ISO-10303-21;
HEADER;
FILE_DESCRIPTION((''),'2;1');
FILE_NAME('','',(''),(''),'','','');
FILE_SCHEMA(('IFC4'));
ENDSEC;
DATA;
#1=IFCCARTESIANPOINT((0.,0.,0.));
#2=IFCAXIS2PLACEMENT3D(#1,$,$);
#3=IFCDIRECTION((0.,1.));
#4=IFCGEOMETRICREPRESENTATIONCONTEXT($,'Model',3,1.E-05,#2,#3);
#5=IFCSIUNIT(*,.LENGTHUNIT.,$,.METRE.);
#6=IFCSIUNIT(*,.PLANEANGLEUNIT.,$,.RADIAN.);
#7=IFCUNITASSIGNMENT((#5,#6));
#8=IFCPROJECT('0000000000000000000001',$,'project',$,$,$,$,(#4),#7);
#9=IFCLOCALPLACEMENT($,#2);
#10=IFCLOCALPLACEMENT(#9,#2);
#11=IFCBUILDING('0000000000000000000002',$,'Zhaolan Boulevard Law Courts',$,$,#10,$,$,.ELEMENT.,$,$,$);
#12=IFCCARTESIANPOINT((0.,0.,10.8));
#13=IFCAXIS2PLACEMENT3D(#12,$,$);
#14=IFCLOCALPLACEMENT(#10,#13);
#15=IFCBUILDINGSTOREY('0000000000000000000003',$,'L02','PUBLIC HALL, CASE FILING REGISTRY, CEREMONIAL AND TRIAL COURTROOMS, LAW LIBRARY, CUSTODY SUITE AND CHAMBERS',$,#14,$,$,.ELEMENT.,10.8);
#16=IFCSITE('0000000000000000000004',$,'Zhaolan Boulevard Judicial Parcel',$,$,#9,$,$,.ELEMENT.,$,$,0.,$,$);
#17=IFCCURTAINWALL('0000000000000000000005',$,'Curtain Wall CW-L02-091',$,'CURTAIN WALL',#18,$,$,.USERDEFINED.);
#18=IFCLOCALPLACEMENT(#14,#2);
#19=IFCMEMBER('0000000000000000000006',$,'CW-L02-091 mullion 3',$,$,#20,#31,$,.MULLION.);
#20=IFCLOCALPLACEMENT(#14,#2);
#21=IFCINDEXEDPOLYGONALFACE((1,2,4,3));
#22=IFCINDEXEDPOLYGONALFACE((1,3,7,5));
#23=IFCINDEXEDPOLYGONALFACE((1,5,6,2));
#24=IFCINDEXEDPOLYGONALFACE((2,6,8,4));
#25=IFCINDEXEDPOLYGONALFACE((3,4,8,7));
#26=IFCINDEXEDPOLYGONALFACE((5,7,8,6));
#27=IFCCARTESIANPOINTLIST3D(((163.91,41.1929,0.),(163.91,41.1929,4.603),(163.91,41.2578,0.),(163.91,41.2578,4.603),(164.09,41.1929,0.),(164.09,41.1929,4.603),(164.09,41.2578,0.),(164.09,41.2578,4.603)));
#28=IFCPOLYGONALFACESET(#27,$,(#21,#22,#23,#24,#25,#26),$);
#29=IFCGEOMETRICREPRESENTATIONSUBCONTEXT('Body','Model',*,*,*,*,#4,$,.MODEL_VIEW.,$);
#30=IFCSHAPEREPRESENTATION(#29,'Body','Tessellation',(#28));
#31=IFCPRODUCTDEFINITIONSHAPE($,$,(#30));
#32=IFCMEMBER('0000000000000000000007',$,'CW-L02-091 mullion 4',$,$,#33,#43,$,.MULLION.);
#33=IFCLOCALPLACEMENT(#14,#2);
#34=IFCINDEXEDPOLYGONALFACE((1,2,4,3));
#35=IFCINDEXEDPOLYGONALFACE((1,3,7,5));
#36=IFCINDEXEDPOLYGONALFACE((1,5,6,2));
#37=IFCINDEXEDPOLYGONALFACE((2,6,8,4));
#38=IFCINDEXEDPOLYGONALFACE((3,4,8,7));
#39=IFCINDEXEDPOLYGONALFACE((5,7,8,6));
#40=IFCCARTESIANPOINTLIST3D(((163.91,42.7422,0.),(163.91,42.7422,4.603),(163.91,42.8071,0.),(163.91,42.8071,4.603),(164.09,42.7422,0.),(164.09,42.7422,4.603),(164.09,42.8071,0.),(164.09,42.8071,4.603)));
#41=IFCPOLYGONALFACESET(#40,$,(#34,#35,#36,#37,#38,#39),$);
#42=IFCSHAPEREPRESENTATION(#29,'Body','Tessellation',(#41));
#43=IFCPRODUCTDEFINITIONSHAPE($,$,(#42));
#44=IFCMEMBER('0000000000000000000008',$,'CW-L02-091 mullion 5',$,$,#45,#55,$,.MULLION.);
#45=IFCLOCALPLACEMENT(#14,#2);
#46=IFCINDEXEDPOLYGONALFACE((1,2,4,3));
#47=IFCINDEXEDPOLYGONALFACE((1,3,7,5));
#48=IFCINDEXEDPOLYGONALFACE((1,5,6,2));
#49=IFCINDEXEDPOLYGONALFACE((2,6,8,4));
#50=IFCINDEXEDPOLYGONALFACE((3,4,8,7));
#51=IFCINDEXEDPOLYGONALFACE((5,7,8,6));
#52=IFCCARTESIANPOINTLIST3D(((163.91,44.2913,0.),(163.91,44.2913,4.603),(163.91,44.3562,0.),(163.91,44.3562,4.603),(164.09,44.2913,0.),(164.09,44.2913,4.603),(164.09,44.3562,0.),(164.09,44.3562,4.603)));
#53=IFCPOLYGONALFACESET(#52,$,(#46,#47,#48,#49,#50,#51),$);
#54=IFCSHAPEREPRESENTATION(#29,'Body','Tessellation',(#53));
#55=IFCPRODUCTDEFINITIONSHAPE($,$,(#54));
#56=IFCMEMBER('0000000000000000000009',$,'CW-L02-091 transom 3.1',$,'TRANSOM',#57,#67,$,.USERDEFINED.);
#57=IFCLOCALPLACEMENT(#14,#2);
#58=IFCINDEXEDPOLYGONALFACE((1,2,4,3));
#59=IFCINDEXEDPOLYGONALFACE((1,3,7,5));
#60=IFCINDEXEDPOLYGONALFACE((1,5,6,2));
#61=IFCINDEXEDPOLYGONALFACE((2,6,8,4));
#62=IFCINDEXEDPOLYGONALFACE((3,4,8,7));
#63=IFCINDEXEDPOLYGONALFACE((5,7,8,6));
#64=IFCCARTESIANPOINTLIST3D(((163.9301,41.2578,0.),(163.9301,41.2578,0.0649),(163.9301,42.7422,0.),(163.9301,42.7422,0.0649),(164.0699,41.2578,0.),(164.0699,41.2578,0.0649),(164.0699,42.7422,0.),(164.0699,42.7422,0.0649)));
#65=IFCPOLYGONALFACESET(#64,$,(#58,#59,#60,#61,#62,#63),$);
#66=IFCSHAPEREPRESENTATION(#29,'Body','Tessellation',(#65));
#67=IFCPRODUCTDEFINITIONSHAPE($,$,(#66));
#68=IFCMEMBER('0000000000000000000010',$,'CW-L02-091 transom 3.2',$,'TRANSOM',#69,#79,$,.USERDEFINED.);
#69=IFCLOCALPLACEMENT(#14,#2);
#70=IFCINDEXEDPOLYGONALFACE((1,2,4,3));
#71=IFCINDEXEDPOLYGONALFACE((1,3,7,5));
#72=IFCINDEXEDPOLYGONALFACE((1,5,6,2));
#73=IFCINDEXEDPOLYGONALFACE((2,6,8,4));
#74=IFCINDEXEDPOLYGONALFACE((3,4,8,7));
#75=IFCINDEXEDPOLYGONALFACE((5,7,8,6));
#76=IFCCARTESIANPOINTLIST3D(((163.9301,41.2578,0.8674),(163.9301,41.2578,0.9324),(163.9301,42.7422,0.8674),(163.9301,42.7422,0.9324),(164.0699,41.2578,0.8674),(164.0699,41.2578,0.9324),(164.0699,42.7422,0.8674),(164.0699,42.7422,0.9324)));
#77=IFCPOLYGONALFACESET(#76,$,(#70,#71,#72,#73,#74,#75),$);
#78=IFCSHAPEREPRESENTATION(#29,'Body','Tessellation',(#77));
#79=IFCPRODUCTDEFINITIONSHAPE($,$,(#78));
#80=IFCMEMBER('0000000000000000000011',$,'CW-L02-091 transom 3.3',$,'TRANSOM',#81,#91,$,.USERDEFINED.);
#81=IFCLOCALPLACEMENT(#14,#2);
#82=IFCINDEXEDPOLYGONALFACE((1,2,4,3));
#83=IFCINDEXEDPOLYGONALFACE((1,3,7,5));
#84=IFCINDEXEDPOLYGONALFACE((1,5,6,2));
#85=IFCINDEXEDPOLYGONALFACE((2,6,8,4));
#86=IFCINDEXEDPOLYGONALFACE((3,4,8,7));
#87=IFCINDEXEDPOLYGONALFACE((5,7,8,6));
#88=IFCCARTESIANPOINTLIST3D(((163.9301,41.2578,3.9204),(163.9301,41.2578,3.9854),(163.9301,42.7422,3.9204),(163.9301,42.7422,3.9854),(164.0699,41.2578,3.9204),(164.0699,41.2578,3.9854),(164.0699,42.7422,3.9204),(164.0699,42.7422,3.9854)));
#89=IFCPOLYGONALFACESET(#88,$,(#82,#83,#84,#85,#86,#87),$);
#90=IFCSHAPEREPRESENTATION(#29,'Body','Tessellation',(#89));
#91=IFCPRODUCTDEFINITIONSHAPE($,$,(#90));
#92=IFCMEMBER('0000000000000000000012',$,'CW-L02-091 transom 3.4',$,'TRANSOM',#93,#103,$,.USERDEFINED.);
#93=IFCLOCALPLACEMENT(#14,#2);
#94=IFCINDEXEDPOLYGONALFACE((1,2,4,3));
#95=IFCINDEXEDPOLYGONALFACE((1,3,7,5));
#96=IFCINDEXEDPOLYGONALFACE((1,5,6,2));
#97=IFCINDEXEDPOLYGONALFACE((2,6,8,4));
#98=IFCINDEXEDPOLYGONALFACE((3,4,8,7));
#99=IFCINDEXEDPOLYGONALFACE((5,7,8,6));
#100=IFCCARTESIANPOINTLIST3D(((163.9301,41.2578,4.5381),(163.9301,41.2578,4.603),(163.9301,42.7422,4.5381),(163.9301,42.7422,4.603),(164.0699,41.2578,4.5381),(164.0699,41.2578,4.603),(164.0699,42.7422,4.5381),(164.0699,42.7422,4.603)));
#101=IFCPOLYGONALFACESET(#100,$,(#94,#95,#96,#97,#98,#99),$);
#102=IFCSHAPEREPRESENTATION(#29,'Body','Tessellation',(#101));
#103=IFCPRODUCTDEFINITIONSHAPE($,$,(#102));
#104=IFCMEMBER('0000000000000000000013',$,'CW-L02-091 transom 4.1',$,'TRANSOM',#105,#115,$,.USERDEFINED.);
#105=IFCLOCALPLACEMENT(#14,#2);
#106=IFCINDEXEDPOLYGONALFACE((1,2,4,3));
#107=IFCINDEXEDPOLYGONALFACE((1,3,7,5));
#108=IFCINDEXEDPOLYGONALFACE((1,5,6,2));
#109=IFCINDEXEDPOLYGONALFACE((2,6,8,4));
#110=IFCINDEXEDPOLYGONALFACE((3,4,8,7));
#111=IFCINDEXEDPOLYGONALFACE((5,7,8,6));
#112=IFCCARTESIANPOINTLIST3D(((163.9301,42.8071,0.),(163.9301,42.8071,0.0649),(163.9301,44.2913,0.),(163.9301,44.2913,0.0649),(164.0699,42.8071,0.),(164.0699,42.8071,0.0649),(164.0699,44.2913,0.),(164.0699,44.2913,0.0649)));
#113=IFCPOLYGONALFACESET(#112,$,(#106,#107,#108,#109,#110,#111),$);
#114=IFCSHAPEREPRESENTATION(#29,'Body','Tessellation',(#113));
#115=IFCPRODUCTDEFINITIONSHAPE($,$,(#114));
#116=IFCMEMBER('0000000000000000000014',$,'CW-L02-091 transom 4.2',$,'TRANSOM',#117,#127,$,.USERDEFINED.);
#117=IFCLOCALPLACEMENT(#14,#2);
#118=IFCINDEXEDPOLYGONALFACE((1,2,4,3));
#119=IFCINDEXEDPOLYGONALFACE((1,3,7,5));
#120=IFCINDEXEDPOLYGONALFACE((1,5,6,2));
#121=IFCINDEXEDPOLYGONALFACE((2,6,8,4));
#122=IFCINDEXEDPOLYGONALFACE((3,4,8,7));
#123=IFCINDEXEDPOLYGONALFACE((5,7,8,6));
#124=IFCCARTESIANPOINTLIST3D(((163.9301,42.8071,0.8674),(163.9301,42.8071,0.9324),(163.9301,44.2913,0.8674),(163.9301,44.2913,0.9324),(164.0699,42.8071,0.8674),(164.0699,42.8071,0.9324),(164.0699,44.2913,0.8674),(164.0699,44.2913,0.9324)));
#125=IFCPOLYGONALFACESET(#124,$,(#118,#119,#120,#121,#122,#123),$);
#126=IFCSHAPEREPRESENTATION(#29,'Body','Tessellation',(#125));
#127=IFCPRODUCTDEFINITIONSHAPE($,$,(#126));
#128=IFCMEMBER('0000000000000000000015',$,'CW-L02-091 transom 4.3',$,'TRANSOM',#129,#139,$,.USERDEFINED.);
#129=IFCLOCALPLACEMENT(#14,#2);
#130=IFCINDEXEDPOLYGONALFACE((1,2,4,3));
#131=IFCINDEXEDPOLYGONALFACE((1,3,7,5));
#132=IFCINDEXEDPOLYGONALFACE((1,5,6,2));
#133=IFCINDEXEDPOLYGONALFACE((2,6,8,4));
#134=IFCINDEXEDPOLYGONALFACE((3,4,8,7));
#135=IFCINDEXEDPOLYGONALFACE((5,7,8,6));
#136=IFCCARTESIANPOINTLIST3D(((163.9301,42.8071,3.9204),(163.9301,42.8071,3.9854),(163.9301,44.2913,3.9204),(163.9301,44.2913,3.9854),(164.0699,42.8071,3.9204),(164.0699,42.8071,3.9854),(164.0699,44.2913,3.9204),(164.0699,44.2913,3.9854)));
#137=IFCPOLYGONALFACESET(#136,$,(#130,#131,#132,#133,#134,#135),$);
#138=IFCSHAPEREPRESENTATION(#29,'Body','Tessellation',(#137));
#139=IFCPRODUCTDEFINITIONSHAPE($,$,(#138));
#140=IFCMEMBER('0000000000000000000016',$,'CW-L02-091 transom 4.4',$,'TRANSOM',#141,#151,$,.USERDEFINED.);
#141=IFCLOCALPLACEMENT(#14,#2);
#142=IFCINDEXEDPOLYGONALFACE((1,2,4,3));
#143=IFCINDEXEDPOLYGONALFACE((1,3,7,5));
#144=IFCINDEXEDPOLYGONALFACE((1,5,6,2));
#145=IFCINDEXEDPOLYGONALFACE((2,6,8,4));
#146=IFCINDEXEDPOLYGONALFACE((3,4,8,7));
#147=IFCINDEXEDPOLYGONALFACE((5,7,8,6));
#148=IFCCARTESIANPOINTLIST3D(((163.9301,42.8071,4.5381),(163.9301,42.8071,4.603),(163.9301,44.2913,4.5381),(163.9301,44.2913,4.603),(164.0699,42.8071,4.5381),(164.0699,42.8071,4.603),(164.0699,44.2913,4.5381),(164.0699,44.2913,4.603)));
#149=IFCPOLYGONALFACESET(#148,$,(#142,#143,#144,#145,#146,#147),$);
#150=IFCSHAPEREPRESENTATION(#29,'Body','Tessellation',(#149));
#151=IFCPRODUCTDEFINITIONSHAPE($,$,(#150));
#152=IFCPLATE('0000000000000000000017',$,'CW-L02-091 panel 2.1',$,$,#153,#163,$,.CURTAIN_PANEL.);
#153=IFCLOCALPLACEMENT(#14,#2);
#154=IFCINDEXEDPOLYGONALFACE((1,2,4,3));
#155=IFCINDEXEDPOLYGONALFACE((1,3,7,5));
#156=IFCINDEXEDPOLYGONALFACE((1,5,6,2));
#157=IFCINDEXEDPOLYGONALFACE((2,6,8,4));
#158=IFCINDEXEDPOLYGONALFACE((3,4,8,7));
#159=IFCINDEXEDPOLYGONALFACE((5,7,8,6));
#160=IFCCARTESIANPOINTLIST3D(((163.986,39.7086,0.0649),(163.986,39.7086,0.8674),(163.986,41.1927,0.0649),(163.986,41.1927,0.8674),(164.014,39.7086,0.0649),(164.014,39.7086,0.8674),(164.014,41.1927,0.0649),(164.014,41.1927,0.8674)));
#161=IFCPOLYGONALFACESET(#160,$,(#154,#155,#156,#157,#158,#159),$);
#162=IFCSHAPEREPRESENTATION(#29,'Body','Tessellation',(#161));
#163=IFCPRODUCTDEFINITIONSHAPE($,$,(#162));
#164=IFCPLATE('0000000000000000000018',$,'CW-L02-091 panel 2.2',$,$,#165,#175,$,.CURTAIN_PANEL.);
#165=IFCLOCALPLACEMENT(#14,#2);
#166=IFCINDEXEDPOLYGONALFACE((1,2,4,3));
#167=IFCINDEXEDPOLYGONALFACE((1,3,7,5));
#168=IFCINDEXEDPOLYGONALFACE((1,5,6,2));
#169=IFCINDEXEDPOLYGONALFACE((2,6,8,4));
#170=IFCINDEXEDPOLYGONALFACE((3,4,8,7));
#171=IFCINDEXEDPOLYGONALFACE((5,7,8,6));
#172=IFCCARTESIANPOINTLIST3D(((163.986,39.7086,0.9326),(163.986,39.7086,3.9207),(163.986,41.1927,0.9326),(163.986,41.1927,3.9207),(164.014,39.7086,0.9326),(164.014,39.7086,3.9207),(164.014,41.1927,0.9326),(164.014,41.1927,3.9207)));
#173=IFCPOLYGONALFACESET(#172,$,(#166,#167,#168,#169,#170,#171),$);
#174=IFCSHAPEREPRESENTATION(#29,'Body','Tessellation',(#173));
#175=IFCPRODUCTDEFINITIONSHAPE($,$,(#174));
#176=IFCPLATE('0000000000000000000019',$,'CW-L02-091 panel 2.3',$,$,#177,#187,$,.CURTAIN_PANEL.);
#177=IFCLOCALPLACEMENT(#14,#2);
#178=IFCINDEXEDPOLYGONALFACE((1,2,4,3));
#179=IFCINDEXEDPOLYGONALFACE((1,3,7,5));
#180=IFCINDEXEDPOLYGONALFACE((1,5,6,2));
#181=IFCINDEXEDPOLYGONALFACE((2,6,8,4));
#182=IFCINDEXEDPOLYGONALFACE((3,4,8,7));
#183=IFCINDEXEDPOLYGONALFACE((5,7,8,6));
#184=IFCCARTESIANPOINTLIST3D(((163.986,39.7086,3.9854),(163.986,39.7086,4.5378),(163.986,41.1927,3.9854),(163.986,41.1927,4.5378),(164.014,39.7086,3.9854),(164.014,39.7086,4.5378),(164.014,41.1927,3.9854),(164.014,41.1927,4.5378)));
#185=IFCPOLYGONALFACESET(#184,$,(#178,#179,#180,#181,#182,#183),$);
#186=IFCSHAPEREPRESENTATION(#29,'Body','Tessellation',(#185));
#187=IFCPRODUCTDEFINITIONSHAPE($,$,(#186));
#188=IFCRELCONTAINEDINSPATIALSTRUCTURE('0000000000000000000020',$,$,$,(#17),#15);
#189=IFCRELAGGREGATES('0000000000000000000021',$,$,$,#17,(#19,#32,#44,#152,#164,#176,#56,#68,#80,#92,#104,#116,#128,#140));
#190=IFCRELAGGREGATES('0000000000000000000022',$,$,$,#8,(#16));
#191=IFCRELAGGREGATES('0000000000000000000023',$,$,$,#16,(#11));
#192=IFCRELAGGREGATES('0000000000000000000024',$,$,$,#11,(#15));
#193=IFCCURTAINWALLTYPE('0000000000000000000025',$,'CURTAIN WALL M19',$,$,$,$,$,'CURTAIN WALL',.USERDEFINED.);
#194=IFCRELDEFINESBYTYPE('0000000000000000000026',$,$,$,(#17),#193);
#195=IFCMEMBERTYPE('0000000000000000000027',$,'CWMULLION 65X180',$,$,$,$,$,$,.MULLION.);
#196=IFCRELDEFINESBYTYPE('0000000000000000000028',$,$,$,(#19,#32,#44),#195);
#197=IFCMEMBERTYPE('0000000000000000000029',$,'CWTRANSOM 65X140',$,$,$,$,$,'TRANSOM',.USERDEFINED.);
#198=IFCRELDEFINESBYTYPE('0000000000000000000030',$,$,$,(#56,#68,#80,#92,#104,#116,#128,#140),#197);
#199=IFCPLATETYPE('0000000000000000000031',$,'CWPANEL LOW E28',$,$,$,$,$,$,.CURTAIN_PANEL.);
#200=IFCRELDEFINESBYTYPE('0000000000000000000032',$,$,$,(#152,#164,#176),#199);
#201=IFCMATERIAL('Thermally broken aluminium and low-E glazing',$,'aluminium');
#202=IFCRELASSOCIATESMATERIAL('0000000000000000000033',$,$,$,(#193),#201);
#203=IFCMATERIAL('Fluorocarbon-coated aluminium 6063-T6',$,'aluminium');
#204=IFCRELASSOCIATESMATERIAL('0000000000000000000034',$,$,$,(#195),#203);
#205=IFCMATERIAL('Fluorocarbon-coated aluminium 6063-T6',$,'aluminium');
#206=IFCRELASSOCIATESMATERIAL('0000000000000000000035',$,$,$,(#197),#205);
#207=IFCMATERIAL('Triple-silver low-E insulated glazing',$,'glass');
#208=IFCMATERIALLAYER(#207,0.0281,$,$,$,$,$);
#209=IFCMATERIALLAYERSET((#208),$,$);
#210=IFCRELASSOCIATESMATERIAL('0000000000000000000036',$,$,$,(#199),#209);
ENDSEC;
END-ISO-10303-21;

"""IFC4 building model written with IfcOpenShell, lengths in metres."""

from ifc_helpers import new_model, si_unit, direction, frame, origin, origin_2d, place, context, subcontext, project, spatial, rectangle, extrude, material, layer, layer_set, material_profile, profile_set, type_object, element, aggregate, save


model = new_model("IFC4")

# Units and contexts
model_context = context("Model", 3, precision=1e-05, world=origin(), true_north=direction((0.0, 1.0)))
body_context = subcontext(model_context, "Body", "Model", "MODEL_VIEW")
ifc_project = project(units=[si_unit("LENGTHUNIT", "METRE"), si_unit("PLANEANGLEUNIT", "RADIAN")], contexts=[model_context])

# Site, building, storey
site_placement = place(None, origin())
site = spatial("IfcSite", under=ifc_project, at=site_placement, Name="Zhaolan Boulevard Judicial Parcel", CompositionType="ELEMENT", RefElevation=0.0)
building_placement = place(site_placement, origin())
building = spatial("IfcBuilding", under=site, at=building_placement, Name="Zhaolan Boulevard Law Courts", CompositionType="ELEMENT")
storey_placement = place(building_placement, frame((0.0, 0.0, 10.8)))
storey = spatial("IfcBuildingStorey", under=building, at=storey_placement, Name="L02", Description="PUBLIC HALL, CASE FILING REGISTRY, CEREMONIAL AND TRIAL COURTROOMS, LAW LIBRARY, CUSTODY SUITE AND CHAMBERS", CompositionType="ELEMENT", Elevation=10.8)

# Curtain wall, members, plates
ifc_material_1 = material(Name="Thermally broken aluminium and low-E glazing", Category="aluminium")
curtain_wall_type = type_object("IfcCurtainWallType", Name="CURTAIN WALL M19", ElementType="CURTAIN WALL", PredefinedType="USERDEFINED", material=ifc_material_1)
curtain_wall_placement = place(storey_placement, origin())
curtain_wall = element("IfcCurtainWall", 1, at=curtain_wall_placement, inside=storey, type_object=curtain_wall_type, Name="Curtain Wall CW-L02-091", ObjectType="CURTAIN WALL", PredefinedType="USERDEFINED")
ifc_material_2 = material(Name="Fluorocarbon-coated aluminium 6063-T6", Category="aluminium")
ifc_material_profile_1 = material_profile(ifc_material_2, rectangle(XDim=0.1799, YDim=0.0649, at=origin_2d()), Name="AL65x180")
ifc_profile_set_1 = profile_set([ifc_material_profile_1], Name="Fluorocarbon-coated aluminium 6063-T6")
member_type_1 = type_object("IfcMemberType", Name="CWMULLION 65X180", PredefinedType="MULLION", material=ifc_profile_set_1)
member_1_placement = place(storey_placement, frame((164.0, 41.2253, 0.0), z_axis=(0.0, 0.0, 1.0), x_axis=(-1.0, 0.0, 0.0)))
member_1 = element("IfcMember", 2, at=member_1_placement, type_object=member_type_1, Name="CW-L02-091 mullion 3", PredefinedType="MULLION", context=body_context, shape_type="SweptSolid", body=[
    extrude(rectangle(XDim=0.1799, YDim=0.0649, at=origin_2d()), origin(), (0.0, 0.0, 1.0), 4.603),
])
member_2_placement = place(storey_placement, frame((164.0, 42.7747, 0.0), z_axis=(0.0, 0.0, 1.0), x_axis=(-1.0, 0.0, 0.0)))
member_2 = element("IfcMember", 3, at=member_2_placement, type_object=member_type_1, Name="CW-L02-091 mullion 4", PredefinedType="MULLION", context=body_context, shape_type="SweptSolid", body=[
    extrude(rectangle(XDim=0.1799, YDim=0.0649, at=origin_2d()), origin(), (0.0, 0.0, 1.0), 4.603),
])
member_3_placement = place(storey_placement, frame((164.0, 44.3237, 0.0), z_axis=(0.0, 0.0, 1.0), x_axis=(-1.0, 0.0, 0.0)))
member_3 = element("IfcMember", 4, at=member_3_placement, type_object=member_type_1, Name="CW-L02-091 mullion 5", PredefinedType="MULLION", context=body_context, shape_type="SweptSolid", body=[
    extrude(rectangle(XDim=0.1799, YDim=0.0649, at=origin_2d()), origin(), (0.0, 0.0, 1.0), 4.603),
])
ifc_material_3 = material(Name="Fluorocarbon-coated aluminium 6063-T6", Category="aluminium")
ifc_material_profile_2 = material_profile(ifc_material_3, rectangle(XDim=0.1399, YDim=0.0649, at=origin_2d()), Name="AL65x140")
ifc_profile_set_2 = profile_set([ifc_material_profile_2], Name="Fluorocarbon-coated aluminium 6063-T6")
member_type_2 = type_object("IfcMemberType", Name="CWTRANSOM 65X140", ElementType="TRANSOM", PredefinedType="USERDEFINED", material=ifc_profile_set_2)
member_4_placement = place(storey_placement, frame((164.0, 41.2578, 0.0325), z_axis=(0.0, 1.0, 0.0), x_axis=(-1.0, 0.0, 0.0)))
member_4 = element("IfcMember", 5, at=member_4_placement, type_object=member_type_2, Name="CW-L02-091 transom 3.1", ObjectType="TRANSOM", PredefinedType="USERDEFINED", context=body_context, shape_type="SweptSolid", body=[
    extrude(rectangle(XDim=0.1399, YDim=0.0649, at=origin_2d()), origin(), (0.0, 0.0, 1.0), 1.4844),
])
member_5_placement = place(storey_placement, frame((164.0, 41.2578, 0.8999), z_axis=(0.0, 1.0, 0.0), x_axis=(-1.0, 0.0, 0.0)))
member_5 = element("IfcMember", 6, at=member_5_placement, type_object=member_type_2, Name="CW-L02-091 transom 3.2", ObjectType="TRANSOM", PredefinedType="USERDEFINED", context=body_context, shape_type="SweptSolid", body=[
    extrude(rectangle(XDim=0.1399, YDim=0.0649, at=origin_2d()), origin(), (0.0, 0.0, 1.0), 1.4844),
])
member_6_placement = place(storey_placement, frame((164.0, 41.2578, 3.9529), z_axis=(0.0, 1.0, 0.0), x_axis=(-1.0, 0.0, 0.0)))
member_6 = element("IfcMember", 7, at=member_6_placement, type_object=member_type_2, Name="CW-L02-091 transom 3.3", ObjectType="TRANSOM", PredefinedType="USERDEFINED", context=body_context, shape_type="SweptSolid", body=[
    extrude(rectangle(XDim=0.1399, YDim=0.0649, at=origin_2d()), origin(), (0.0, 0.0, 1.0), 1.4844),
])
member_7_placement = place(storey_placement, frame((164.0, 41.2578, 4.5706), z_axis=(0.0, 1.0, 0.0), x_axis=(-1.0, 0.0, 0.0)))
member_7 = element("IfcMember", 8, at=member_7_placement, type_object=member_type_2, Name="CW-L02-091 transom 3.4", ObjectType="TRANSOM", PredefinedType="USERDEFINED", context=body_context, shape_type="SweptSolid", body=[
    extrude(rectangle(XDim=0.1399, YDim=0.0649, at=origin_2d()), origin(), (0.0, 0.0, 1.0), 1.4844),
])
member_8_placement = place(storey_placement, frame((164.0, 42.8071, 0.0325), z_axis=(0.0, 1.0, 0.0), x_axis=(-1.0, 0.0, 0.0)))
member_8 = element("IfcMember", 9, at=member_8_placement, type_object=member_type_2, Name="CW-L02-091 transom 4.1", ObjectType="TRANSOM", PredefinedType="USERDEFINED", context=body_context, shape_type="SweptSolid", body=[
    extrude(rectangle(XDim=0.1399, YDim=0.0649, at=origin_2d()), origin(), (0.0, 0.0, 1.0), 1.4841),
])
member_9_placement = place(storey_placement, frame((164.0, 42.8071, 0.8999), z_axis=(0.0, 1.0, 0.0), x_axis=(-1.0, 0.0, 0.0)))
member_9 = element("IfcMember", 10, at=member_9_placement, type_object=member_type_2, Name="CW-L02-091 transom 4.2", ObjectType="TRANSOM", PredefinedType="USERDEFINED", context=body_context, shape_type="SweptSolid", body=[
    extrude(rectangle(XDim=0.1399, YDim=0.0649, at=origin_2d()), origin(), (0.0, 0.0, 1.0), 1.4841),
])
member_10_placement = place(storey_placement, frame((164.0, 42.8071, 3.9529), z_axis=(0.0, 1.0, 0.0), x_axis=(-1.0, 0.0, 0.0)))
member_10 = element("IfcMember", 11, at=member_10_placement, type_object=member_type_2, Name="CW-L02-091 transom 4.3", ObjectType="TRANSOM", PredefinedType="USERDEFINED", context=body_context, shape_type="SweptSolid", body=[
    extrude(rectangle(XDim=0.1399, YDim=0.0649, at=origin_2d()), origin(), (0.0, 0.0, 1.0), 1.4841),
])
member_11_placement = place(storey_placement, frame((164.0, 42.8071, 4.5706), z_axis=(0.0, 1.0, 0.0), x_axis=(-1.0, 0.0, 0.0)))
member_11 = element("IfcMember", 12, at=member_11_placement, type_object=member_type_2, Name="CW-L02-091 transom 4.4", ObjectType="TRANSOM", PredefinedType="USERDEFINED", context=body_context, shape_type="SweptSolid", body=[
    extrude(rectangle(XDim=0.1399, YDim=0.0649, at=origin_2d()), origin(), (0.0, 0.0, 1.0), 1.4841),
])
ifc_material_4 = material(Name="Triple-silver low-E insulated glazing", Category="glass")
ifc_layer_1 = layer(ifc_material_4, 0.0281)
ifc_layer_set_1 = layer_set([ifc_layer_1])
plate_type = type_object("IfcPlateType", Name="CWPANEL LOW E28", PredefinedType="CURTAIN_PANEL", material=ifc_layer_set_1)
plate_1_placement = place(storey_placement, frame((164.0, 40.4507, 0.0649), z_axis=(0.0, 0.0, 1.0), x_axis=(0.0, 1.0, 0.0)))
plate_1 = element("IfcPlate", 13, at=plate_1_placement, type_object=plate_type, Name="CW-L02-091 panel 2.1", PredefinedType="CURTAIN_PANEL", context=body_context, shape_type="SweptSolid", body=[
    extrude(rectangle(XDim=1.4841, YDim=0.0281, at=origin_2d()), origin(), (0.0, 0.0, 1.0), 0.8025),
])
plate_2_placement = place(storey_placement, frame((164.0, 40.4507, 0.9326), z_axis=(0.0, 0.0, 1.0), x_axis=(0.0, 1.0, 0.0)))
plate_2 = element("IfcPlate", 14, at=plate_2_placement, type_object=plate_type, Name="CW-L02-091 panel 2.2", PredefinedType="CURTAIN_PANEL", context=body_context, shape_type="SweptSolid", body=[
    extrude(rectangle(XDim=1.4841, YDim=0.0281, at=origin_2d()), origin(), (0.0, 0.0, 1.0), 2.988),
])
plate_3_placement = place(storey_placement, frame((164.0, 40.4507, 3.9854), z_axis=(0.0, 0.0, 1.0), x_axis=(0.0, 1.0, 0.0)))
plate_3 = element("IfcPlate", 15, at=plate_3_placement, type_object=plate_type, Name="CW-L02-091 panel 2.3", PredefinedType="CURTAIN_PANEL", context=body_context, shape_type="SweptSolid", body=[
    extrude(rectangle(XDim=1.4841, YDim=0.0281, at=origin_2d()), origin(), (0.0, 0.0, 1.0), 0.5525),
])
aggregate(curtain_wall, [member_1, member_2, member_3, plate_1, plate_2, plate_3, member_4, member_5, member_6, member_7, member_8, member_9, member_10, member_11])

save(model, "model.ifc")
